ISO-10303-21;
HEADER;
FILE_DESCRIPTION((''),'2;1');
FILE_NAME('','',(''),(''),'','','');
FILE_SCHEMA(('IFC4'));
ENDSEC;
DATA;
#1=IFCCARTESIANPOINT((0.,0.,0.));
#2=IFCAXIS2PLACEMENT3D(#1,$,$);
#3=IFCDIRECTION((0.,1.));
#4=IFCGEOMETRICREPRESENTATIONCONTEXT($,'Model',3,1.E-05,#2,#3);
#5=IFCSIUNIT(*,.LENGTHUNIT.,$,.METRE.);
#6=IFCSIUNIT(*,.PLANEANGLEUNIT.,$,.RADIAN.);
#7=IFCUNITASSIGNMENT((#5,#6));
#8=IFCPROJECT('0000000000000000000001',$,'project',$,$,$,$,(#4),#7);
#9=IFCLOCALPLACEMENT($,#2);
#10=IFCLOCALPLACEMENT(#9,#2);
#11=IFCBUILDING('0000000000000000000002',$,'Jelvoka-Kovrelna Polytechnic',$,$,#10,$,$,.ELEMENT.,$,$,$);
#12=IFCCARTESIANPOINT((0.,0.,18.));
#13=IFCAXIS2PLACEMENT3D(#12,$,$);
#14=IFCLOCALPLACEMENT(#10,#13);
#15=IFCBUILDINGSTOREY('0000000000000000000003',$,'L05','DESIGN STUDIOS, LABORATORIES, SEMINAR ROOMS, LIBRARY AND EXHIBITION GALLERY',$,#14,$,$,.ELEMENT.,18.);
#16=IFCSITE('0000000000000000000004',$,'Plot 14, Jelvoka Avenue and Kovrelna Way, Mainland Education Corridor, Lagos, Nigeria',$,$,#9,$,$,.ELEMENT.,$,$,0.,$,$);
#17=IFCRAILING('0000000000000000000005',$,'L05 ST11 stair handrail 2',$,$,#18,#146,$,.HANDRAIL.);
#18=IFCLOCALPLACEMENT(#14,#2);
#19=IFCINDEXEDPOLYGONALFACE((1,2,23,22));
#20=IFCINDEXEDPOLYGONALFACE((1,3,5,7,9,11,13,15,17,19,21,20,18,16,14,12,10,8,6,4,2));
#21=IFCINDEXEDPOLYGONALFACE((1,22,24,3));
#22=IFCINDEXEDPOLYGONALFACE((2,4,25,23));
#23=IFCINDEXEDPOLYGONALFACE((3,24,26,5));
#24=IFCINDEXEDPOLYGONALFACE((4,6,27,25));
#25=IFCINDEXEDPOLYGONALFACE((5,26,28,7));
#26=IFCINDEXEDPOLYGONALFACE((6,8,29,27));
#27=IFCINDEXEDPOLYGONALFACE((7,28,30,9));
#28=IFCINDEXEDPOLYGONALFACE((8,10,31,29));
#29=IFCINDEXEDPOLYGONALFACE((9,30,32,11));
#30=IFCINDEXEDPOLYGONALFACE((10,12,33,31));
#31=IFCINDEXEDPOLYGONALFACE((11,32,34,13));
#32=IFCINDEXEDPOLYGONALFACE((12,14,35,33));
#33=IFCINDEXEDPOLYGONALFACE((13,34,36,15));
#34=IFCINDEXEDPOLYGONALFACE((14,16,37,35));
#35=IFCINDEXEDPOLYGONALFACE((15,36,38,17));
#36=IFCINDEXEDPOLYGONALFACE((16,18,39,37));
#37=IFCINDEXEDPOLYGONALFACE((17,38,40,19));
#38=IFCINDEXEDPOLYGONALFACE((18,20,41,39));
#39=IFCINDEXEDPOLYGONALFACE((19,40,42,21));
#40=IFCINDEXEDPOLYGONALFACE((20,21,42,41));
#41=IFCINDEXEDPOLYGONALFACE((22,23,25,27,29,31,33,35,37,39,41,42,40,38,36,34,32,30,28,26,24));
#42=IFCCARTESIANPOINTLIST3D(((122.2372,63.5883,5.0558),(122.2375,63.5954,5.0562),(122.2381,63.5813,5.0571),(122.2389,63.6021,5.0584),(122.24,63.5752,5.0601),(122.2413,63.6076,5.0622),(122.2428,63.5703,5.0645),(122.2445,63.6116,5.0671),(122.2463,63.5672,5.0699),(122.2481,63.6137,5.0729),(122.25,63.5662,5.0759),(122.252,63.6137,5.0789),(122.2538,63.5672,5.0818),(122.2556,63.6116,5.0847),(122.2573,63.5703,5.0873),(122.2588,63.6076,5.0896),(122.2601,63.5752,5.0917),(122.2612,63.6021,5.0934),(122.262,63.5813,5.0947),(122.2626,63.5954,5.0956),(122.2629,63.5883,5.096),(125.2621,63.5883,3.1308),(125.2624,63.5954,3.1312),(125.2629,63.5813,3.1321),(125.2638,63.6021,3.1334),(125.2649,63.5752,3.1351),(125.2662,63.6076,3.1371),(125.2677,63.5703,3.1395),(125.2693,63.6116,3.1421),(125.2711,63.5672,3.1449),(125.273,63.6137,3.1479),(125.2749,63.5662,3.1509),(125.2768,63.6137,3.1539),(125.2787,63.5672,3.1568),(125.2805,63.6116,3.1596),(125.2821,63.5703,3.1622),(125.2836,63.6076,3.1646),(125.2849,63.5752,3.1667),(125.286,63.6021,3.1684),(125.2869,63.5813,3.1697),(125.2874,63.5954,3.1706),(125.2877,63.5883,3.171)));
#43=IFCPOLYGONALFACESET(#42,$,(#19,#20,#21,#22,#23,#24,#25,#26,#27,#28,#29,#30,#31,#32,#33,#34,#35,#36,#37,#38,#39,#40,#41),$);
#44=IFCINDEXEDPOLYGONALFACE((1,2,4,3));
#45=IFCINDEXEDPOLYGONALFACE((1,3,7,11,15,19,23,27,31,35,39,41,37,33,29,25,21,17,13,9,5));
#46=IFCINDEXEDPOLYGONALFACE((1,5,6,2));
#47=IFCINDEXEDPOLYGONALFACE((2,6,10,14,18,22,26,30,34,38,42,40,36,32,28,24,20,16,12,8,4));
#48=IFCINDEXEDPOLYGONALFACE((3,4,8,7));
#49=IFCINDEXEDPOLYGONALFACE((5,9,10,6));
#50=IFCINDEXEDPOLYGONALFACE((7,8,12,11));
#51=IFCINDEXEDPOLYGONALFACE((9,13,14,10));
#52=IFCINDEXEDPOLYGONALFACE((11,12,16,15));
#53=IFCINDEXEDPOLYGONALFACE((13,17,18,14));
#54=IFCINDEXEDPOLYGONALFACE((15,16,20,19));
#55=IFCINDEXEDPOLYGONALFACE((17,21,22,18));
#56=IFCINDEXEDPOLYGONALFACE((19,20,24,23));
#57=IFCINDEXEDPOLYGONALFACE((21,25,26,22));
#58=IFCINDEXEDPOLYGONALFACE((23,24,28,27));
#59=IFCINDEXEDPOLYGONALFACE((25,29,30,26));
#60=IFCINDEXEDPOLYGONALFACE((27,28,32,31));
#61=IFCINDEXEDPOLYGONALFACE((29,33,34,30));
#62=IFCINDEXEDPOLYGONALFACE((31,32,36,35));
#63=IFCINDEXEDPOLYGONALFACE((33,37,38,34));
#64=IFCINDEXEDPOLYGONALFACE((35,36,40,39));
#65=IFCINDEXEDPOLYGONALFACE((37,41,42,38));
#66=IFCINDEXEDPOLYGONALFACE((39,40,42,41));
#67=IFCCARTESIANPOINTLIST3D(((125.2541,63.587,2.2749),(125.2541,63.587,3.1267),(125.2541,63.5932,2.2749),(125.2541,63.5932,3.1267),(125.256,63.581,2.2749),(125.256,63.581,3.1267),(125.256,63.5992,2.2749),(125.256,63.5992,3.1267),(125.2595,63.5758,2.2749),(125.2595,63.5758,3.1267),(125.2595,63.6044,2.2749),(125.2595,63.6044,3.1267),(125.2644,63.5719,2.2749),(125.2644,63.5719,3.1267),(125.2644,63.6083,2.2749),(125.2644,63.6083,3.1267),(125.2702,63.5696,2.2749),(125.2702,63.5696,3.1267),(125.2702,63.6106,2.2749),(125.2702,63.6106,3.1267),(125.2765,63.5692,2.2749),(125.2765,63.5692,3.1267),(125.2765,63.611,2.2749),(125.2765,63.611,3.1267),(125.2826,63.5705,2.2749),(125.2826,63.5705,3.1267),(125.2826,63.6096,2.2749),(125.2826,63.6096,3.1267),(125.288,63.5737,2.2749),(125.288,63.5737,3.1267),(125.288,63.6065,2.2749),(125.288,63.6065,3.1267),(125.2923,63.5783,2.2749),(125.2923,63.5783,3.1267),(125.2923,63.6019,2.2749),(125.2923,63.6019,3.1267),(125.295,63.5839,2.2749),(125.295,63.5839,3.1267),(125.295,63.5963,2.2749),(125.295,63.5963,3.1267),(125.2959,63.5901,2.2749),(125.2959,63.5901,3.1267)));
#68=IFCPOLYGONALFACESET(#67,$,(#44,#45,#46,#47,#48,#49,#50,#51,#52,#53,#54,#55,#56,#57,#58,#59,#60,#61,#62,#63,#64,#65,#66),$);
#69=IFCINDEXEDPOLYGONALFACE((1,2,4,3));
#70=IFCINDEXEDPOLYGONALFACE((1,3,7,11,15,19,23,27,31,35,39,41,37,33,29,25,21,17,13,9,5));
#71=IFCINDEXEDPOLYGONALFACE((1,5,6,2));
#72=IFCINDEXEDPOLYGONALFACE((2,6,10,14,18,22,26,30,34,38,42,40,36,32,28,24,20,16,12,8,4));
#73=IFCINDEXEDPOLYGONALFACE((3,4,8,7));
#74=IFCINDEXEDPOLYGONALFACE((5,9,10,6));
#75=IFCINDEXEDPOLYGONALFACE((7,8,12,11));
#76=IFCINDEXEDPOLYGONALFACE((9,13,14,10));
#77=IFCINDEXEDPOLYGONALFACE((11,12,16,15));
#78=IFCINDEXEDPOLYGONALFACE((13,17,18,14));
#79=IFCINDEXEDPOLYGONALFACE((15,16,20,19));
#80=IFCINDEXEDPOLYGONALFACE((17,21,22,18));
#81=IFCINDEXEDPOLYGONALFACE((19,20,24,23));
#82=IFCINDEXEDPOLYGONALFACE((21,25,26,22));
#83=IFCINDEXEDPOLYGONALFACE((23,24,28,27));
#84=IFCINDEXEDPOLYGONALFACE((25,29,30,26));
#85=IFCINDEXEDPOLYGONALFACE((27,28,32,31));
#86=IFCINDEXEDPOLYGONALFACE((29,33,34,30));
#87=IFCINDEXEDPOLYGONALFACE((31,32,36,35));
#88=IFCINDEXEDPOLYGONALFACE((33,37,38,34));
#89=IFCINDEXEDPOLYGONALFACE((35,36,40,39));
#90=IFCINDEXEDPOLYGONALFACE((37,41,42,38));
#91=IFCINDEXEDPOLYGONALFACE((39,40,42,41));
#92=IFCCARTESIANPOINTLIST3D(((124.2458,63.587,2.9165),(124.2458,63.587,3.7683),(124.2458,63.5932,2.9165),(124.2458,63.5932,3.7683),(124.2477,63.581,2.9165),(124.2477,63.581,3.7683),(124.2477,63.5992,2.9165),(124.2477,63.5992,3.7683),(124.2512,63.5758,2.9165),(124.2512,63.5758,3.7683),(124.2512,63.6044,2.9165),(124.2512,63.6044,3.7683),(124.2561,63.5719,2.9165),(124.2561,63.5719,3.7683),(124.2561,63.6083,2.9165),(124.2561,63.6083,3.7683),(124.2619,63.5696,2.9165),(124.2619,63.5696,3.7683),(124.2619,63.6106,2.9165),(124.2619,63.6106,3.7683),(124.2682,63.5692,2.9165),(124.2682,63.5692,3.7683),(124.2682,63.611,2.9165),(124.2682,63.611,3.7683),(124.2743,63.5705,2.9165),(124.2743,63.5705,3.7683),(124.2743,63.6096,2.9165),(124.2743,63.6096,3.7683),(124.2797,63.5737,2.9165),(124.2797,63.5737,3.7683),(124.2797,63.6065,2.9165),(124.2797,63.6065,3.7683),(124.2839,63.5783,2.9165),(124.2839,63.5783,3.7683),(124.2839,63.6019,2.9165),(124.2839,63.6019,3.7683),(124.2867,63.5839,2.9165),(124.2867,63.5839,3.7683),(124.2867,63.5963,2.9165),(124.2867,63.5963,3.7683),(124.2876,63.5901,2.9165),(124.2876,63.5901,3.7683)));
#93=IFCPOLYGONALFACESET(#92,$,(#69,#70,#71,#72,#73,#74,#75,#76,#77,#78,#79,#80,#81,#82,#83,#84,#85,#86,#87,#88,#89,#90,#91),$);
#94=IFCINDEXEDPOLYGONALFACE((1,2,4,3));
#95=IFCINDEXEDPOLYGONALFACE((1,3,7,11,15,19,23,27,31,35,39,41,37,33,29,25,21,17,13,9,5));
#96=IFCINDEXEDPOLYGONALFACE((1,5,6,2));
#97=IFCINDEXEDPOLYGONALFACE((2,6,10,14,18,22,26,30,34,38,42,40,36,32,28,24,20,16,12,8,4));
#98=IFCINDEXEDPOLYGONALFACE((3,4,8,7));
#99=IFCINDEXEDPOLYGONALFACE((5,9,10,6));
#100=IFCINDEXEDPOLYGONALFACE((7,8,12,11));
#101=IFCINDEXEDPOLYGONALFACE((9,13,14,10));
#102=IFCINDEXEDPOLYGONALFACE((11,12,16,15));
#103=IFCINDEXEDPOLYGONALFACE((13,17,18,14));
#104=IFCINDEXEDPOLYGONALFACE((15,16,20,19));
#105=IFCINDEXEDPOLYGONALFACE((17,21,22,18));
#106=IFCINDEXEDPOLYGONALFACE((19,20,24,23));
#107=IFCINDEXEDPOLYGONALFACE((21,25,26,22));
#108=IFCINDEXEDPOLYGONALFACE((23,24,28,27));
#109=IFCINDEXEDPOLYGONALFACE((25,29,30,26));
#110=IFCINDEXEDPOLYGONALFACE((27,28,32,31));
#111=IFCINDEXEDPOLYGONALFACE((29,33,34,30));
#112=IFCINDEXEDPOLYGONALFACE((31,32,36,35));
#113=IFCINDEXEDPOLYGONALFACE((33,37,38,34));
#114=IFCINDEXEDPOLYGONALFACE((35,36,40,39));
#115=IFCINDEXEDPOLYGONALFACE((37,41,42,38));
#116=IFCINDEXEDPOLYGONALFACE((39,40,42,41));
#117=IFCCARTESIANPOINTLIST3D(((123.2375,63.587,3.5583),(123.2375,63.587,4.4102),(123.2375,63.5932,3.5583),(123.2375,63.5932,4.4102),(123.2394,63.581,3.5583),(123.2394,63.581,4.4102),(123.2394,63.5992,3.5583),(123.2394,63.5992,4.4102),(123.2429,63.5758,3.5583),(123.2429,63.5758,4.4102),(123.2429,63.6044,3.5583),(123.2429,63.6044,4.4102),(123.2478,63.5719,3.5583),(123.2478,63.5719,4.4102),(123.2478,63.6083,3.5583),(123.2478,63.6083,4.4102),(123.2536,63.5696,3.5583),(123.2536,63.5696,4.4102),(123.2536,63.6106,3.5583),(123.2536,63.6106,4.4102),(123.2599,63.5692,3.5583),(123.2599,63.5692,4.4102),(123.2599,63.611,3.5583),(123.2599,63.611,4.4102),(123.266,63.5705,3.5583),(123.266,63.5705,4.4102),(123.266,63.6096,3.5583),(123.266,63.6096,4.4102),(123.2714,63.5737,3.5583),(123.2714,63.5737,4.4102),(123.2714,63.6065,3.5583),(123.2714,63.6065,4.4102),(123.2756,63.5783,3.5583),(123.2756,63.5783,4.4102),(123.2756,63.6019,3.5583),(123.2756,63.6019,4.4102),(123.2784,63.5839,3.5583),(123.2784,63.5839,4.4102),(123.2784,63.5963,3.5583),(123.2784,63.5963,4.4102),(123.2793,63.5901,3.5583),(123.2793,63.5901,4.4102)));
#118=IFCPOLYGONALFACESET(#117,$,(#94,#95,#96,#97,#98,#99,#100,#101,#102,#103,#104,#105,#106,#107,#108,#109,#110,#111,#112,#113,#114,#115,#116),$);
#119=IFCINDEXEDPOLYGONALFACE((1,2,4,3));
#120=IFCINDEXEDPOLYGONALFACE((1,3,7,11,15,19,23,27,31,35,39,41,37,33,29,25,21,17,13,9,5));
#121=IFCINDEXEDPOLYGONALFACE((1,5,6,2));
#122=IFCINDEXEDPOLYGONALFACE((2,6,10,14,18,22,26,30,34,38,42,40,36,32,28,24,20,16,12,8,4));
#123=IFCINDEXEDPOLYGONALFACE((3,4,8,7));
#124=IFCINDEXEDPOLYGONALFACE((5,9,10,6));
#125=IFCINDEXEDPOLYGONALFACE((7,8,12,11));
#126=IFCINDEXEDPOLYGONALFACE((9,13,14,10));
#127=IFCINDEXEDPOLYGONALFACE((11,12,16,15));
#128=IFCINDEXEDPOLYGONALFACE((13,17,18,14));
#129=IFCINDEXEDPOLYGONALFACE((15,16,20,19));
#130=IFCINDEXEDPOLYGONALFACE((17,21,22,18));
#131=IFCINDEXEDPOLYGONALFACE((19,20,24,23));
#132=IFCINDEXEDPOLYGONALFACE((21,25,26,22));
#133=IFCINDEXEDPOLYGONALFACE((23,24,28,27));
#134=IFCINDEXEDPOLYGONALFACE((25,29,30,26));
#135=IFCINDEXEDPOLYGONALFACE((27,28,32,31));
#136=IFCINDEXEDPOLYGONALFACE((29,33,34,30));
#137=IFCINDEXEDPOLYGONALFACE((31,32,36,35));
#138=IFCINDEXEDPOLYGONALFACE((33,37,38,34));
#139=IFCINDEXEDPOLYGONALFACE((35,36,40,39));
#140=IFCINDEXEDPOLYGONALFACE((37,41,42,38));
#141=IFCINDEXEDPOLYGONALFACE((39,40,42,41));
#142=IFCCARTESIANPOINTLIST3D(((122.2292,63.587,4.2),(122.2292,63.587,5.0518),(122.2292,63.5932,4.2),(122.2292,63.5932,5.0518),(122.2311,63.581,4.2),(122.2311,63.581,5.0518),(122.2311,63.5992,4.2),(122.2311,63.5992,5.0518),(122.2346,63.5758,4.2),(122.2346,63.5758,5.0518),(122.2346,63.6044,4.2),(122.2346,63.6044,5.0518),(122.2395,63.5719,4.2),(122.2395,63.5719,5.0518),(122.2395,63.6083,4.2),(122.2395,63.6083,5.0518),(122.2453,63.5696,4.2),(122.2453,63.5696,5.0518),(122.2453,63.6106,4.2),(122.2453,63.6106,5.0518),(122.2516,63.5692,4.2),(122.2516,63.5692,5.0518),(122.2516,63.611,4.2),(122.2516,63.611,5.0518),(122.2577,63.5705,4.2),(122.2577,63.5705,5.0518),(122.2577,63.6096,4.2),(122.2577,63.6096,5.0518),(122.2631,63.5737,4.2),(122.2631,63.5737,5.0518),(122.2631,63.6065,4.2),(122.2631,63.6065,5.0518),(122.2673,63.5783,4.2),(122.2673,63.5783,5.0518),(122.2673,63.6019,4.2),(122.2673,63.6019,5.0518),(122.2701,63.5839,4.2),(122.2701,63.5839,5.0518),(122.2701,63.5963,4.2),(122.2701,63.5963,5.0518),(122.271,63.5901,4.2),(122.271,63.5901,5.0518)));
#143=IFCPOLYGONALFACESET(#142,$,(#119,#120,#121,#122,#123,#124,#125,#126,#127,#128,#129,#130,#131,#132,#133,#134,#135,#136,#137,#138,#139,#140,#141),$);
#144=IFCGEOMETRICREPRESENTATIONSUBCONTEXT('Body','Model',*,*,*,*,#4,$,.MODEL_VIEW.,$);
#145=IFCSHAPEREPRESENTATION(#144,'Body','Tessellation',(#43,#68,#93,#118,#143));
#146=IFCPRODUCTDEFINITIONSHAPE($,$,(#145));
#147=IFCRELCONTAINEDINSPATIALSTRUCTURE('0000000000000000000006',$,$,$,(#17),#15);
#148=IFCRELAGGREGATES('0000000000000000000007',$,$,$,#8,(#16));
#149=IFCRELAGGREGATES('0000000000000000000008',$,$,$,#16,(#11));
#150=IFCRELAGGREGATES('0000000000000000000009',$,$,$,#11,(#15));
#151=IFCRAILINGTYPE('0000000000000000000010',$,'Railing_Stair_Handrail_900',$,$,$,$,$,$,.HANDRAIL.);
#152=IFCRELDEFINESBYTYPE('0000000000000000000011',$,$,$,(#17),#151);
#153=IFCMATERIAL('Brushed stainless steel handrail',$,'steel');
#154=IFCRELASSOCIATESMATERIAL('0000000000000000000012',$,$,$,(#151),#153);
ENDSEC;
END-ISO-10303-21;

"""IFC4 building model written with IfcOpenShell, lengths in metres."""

from ifc_helpers import new_model, si_unit, direction, frame, origin, origin_2d, place, context, subcontext, project, spatial, circle, extrude, material, type_object, element, save


model = new_model("IFC4")

# Units and contexts
model_context = context("Model", 3, precision=1e-05, world=origin(), true_north=direction((0.0, 1.0)))
body_context = subcontext(model_context, "Body", "Model", "MODEL_VIEW")
ifc_project = project(units=[si_unit("LENGTHUNIT", "METRE"), si_unit("PLANEANGLEUNIT", "RADIAN")], contexts=[model_context])

# Site, building, storey
site_placement = place(None, origin())
site = spatial("IfcSite", under=ifc_project, at=site_placement, Name="Plot 14, Jelvoka Avenue and Kovrelna Way, Mainland Education Corridor, Lagos, Nigeria", CompositionType="ELEMENT", RefElevation=0.0)
building_placement = place(site_placement, origin())
building = spatial("IfcBuilding", under=site, at=building_placement, Name="Jelvoka-Kovrelna Polytechnic", CompositionType="ELEMENT")
storey_placement = place(building_placement, frame((0.0, 0.0, 18.0)))
storey = spatial("IfcBuildingStorey", under=building, at=storey_placement, Name="L05", Description="DESIGN STUDIOS, LABORATORIES, SEMINAR ROOMS, LIBRARY AND EXHIBITION GALLERY", CompositionType="ELEMENT", Elevation=18.0)

# Railing
ifc_material_1 = material(Name="Brushed stainless steel handrail", Category="steel")
railing_type_1 = type_object("IfcRailingType", Name="Railing_Stair_Handrail_900", PredefinedType="HANDRAIL", material=ifc_material_1)
railing_1_placement = place(storey_placement, frame((125.2749, 63.5901, 2.2749)))
element("IfcRailing", 1, at=railing_1_placement, inside=storey, type_object=railing_type_1, Name="L05 ST11 stair handrail 2", PredefinedType="HANDRAIL", context=body_context, shape_type="SweptSolid", body=[
    extrude(circle(Radius=0.0239, at=origin_2d()), frame((0.0, 0.0, 0.876), z_axis=(-0.843647, 0.0, 0.536898), x_axis=(0.0, -1.0, 0.0)), (0.0, 0.0, 1.0), 3.5854),
    extrude(circle(Radius=0.021, at=origin_2d()), origin(), (0.0, 0.0, 1.0), 0.8518),
    extrude(circle(Radius=0.021, at=origin_2d()), frame((-1.0083, 0.0, 0.6416)), (0.0, 0.0, 1.0), 0.8518),
    extrude(circle(Radius=0.021, at=origin_2d()), frame((-2.0166, 0.0, 1.2834)), (0.0, 0.0, 1.0), 0.8518),
    extrude(circle(Radius=0.021, at=origin_2d()), frame((-3.0249, 0.0, 1.925)), (0.0, 0.0, 1.0), 0.8518),
])

save(model, "model.ifc")
